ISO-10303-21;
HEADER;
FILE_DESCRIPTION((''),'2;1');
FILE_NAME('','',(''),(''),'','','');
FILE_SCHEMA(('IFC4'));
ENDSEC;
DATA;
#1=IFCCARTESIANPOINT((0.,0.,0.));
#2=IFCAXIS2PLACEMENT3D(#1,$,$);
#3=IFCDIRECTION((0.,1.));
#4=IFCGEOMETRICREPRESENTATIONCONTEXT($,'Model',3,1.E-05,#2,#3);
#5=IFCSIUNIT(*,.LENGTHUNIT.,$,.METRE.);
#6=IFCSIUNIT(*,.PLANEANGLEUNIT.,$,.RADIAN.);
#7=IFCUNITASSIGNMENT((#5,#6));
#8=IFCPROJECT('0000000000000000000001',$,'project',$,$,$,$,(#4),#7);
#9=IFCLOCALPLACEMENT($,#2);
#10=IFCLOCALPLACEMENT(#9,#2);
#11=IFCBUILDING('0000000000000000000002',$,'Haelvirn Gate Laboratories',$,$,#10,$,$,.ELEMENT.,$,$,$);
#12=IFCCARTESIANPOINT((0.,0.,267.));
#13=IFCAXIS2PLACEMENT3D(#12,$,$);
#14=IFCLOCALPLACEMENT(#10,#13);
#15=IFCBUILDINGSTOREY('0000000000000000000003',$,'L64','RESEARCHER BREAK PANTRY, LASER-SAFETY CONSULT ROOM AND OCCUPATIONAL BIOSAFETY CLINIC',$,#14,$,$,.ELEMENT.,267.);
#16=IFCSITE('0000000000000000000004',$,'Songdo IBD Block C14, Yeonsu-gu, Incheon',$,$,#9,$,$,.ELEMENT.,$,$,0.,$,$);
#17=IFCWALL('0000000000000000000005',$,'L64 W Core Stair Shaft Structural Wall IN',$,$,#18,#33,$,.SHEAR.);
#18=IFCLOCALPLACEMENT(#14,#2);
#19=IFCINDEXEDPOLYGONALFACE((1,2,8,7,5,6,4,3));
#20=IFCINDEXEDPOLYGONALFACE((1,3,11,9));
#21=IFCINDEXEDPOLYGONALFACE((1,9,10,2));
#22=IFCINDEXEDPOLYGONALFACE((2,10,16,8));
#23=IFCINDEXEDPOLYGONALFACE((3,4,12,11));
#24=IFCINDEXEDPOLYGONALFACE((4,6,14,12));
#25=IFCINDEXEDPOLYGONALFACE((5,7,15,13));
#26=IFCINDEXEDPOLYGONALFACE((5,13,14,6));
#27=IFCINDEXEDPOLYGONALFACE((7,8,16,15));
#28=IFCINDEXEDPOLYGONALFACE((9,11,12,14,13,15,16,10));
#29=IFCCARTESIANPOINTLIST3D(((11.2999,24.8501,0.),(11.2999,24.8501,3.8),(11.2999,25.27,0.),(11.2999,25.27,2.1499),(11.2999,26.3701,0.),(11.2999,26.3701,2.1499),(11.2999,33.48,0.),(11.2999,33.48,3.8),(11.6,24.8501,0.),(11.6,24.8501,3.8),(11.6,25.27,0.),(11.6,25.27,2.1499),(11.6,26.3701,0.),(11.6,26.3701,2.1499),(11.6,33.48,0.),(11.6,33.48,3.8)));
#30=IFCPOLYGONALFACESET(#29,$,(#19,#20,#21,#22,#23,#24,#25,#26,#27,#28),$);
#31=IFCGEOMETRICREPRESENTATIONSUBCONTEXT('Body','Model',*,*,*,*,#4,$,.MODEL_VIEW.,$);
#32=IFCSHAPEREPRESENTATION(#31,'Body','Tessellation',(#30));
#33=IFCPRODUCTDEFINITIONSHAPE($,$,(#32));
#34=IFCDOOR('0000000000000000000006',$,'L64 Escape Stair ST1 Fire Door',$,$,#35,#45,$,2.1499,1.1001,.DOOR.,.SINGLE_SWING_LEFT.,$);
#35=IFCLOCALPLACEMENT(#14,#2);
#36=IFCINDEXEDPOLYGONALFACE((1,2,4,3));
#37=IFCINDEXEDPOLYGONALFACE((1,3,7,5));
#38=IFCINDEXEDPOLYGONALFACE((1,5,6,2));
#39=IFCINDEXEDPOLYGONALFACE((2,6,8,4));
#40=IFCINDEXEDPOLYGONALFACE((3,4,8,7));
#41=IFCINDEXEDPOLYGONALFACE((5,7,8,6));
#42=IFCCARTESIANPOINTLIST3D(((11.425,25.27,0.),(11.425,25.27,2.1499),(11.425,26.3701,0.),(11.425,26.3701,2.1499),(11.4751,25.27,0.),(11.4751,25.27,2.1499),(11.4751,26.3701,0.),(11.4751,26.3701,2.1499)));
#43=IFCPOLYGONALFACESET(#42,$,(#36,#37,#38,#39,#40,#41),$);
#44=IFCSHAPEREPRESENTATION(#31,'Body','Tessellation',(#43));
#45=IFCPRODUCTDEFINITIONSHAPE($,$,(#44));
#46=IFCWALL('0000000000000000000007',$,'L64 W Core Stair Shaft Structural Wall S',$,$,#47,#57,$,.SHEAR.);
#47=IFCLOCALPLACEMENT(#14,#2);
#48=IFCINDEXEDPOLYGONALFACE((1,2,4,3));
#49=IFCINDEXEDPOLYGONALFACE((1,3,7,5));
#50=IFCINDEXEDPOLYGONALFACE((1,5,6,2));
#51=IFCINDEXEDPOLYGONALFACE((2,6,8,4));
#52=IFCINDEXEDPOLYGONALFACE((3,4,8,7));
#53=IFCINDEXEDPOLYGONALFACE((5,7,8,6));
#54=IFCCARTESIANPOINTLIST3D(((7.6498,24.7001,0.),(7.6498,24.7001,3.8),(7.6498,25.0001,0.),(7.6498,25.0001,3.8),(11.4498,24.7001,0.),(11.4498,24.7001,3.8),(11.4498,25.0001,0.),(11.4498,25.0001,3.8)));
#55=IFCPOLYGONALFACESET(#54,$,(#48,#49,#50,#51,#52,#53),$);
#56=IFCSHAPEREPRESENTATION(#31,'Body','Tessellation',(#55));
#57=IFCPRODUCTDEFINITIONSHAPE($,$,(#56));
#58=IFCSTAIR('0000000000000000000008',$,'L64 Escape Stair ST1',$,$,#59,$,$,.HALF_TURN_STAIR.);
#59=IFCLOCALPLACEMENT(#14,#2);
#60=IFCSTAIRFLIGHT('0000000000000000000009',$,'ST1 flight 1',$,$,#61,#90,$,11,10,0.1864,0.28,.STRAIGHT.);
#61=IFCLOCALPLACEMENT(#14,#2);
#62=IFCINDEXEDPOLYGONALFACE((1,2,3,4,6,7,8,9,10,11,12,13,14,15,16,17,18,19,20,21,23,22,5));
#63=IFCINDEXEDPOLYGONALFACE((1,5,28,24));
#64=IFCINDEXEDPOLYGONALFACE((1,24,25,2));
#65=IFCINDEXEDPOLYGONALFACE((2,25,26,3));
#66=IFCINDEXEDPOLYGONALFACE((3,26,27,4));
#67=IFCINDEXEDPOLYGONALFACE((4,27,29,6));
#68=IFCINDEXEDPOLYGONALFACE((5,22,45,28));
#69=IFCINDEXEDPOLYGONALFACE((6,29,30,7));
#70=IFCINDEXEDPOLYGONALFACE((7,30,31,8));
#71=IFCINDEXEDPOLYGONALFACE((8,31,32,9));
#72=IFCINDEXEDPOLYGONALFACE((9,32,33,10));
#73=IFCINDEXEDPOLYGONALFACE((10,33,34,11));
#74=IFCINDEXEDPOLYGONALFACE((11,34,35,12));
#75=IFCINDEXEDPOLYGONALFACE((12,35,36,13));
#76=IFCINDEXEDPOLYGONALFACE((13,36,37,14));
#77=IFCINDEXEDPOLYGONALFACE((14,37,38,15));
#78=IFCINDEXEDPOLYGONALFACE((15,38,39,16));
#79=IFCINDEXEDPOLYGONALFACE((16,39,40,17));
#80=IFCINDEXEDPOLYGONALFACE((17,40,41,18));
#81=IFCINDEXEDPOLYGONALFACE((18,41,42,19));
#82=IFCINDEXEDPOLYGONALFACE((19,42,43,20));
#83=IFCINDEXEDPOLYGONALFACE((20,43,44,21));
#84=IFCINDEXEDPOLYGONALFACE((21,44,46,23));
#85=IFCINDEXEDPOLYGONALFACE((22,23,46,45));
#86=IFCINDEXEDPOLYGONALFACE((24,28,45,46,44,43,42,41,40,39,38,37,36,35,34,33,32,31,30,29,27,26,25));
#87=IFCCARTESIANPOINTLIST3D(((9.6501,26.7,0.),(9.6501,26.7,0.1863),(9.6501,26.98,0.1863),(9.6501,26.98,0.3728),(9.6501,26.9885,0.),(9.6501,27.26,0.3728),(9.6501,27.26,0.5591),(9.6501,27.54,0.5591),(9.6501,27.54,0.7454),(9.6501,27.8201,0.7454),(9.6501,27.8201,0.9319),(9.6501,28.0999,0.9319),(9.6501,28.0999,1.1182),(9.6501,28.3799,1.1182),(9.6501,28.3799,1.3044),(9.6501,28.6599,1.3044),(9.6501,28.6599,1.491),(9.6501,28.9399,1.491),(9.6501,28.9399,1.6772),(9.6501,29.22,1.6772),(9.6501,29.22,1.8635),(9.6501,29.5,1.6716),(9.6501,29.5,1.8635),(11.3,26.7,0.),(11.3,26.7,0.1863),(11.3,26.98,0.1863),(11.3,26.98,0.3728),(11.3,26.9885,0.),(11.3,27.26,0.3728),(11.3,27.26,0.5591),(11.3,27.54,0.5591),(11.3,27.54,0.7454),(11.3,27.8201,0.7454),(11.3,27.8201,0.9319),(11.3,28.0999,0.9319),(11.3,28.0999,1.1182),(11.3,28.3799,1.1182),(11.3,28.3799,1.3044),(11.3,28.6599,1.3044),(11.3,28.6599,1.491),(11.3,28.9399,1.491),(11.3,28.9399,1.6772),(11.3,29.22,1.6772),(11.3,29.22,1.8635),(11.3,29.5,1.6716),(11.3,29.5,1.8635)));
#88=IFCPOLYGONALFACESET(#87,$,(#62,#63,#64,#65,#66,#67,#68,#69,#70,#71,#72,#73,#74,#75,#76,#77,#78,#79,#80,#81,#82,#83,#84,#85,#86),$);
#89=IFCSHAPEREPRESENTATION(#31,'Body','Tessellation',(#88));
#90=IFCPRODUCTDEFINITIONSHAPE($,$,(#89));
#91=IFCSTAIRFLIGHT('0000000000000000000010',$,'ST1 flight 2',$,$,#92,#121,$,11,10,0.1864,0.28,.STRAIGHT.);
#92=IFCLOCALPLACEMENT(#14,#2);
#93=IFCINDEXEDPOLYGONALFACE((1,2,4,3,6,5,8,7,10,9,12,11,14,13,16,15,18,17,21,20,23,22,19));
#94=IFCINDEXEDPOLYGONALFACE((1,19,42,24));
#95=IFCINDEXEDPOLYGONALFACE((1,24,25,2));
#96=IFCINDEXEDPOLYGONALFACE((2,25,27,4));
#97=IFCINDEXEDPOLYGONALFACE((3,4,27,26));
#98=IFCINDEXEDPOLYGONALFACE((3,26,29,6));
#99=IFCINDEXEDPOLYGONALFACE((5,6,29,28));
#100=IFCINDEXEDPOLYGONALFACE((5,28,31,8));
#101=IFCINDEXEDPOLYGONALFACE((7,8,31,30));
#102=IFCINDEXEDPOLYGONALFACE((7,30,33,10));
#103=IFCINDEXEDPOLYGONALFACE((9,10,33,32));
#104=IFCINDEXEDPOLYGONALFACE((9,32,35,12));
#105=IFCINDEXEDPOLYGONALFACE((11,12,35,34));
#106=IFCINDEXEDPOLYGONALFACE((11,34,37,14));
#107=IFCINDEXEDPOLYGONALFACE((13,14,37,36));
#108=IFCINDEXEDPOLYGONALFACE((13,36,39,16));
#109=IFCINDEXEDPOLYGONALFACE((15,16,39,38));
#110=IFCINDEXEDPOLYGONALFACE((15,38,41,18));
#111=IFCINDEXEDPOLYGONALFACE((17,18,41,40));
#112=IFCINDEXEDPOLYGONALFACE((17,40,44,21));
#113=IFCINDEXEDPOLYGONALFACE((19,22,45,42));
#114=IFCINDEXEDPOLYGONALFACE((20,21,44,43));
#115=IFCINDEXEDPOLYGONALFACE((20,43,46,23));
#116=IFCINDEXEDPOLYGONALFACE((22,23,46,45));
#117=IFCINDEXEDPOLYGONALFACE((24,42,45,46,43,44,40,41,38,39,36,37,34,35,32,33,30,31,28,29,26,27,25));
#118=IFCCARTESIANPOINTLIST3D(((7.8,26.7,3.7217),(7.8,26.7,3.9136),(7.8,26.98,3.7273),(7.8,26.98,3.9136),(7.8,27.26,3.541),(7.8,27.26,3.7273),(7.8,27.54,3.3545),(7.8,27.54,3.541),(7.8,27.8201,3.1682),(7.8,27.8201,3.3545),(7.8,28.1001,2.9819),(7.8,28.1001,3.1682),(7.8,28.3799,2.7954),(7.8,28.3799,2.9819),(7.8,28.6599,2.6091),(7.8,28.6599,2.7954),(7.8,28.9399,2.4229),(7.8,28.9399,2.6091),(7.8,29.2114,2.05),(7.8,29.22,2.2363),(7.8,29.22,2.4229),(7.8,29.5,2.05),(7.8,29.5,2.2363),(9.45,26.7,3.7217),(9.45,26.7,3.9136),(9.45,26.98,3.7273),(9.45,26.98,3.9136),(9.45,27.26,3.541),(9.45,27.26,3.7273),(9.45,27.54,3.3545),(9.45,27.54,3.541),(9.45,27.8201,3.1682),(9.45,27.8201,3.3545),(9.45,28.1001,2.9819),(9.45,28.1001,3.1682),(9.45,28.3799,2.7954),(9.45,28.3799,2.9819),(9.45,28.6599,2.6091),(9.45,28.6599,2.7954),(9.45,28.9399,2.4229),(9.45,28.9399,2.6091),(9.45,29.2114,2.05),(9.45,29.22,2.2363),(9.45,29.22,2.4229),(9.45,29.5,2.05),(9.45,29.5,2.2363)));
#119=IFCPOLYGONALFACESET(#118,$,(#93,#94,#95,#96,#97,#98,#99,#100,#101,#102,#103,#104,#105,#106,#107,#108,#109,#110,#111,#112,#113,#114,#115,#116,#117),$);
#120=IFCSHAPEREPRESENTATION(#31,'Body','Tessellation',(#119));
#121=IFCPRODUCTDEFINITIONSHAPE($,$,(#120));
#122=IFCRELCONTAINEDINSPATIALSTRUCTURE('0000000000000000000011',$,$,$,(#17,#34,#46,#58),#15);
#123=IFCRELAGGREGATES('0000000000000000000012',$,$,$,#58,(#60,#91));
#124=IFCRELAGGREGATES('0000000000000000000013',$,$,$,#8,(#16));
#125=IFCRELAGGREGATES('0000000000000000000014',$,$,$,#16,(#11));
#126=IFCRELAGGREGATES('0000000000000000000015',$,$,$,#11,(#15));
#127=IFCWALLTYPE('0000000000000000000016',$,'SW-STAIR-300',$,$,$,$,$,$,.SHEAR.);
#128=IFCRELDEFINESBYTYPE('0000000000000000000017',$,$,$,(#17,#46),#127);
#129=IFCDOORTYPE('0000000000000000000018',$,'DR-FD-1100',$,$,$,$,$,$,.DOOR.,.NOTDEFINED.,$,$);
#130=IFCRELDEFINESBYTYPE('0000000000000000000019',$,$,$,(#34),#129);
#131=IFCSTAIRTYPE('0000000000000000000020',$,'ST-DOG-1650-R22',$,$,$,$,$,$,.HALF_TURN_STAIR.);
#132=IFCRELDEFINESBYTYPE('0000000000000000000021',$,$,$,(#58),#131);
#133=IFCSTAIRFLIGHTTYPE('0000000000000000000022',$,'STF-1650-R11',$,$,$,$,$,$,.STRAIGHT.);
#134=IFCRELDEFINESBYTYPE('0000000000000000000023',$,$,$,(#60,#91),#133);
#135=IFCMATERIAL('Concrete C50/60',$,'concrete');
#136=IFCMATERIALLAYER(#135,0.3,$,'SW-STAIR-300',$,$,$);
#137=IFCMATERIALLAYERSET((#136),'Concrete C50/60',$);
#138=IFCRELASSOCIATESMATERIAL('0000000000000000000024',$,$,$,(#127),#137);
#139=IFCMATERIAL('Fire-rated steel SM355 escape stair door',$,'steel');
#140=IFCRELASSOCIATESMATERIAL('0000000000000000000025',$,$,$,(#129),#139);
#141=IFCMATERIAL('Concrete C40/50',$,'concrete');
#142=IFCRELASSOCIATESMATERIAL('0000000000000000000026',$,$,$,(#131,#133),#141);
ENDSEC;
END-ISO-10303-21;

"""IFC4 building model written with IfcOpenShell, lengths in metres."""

from ifc_helpers import new_model, si_unit, direction, frame, frame_2d, origin, place, context, subcontext, project, spatial, polyline, rectangle, outline, extrude, source, transform, mapped, material, layer, layer_set, type_object, type_shapes, element, fill, aggregate, save


model = new_model("IFC4")

# Units and contexts
model_context = context("Model", 3, precision=1e-05, world=origin(), true_north=direction((0.0, 1.0)))
body_context = subcontext(model_context, "Body", "Model", "MODEL_VIEW")
ifc_project = project(units=[si_unit("LENGTHUNIT", "METRE"), si_unit("PLANEANGLEUNIT", "RADIAN")], contexts=[model_context])

# Site, building, storey
site_placement = place(None, origin())
site = spatial("IfcSite", under=ifc_project, at=site_placement, Name="Songdo IBD Block C14, Yeonsu-gu, Incheon", CompositionType="ELEMENT", RefElevation=0.0)
building_placement = place(site_placement, origin())
building = spatial("IfcBuilding", under=site, at=building_placement, Name="Haelvirn Gate Laboratories", CompositionType="ELEMENT")
storey_placement = place(building_placement, frame((0.0, 0.0, 267.0)))
storey = spatial("IfcBuildingStorey", under=building, at=storey_placement, Name="L64", Description="RESEARCHER BREAK PANTRY, LASER-SAFETY CONSULT ROOM AND OCCUPATIONAL BIOSAFETY CLINIC", CompositionType="ELEMENT", Elevation=267.0)

# Shared definitions
ifc_material_1 = material(Name="Concrete C50/60", Category="concrete")

# Shared definitions
ifc_material_2 = material(Name="Concrete C40/50", Category="concrete")

# Wall, opening, door
ifc_layer_1 = layer(ifc_material_1, 0.3, Name="SW-STAIR-300")
ifc_layer_set_1 = layer_set([ifc_layer_1], Name="Concrete C50/60")
wall_type_1 = type_object("IfcWallType", Name="SW-STAIR-300", PredefinedType="SHEAR", material=ifc_layer_set_1)
wall_1_placement = place(storey_placement, frame((11.45, 24.8501, 0.0), z_axis=(0.0, 0.0, 1.0), x_axis=(0.0, 1.0, 0.0)))
wall_1 = element("IfcWall", 1, at=wall_1_placement, inside=storey, type_object=wall_type_1, Name="L64 W Core Stair Shaft Structural Wall IN", PredefinedType="SHEAR", context=body_context, shape_type="SweptSolid", body=[
    extrude(rectangle(XDim=8.6299, YDim=0.3, at=frame_2d((4.3149, 0.0))), origin(), (0.0, 0.0, 1.0), 3.8),
])
opening_1_placement = place(wall_1_placement, frame((0.4199, 0.0, 0.0)))
opening_1 = element("IfcOpeningElement", 2, at=opening_1_placement, cuts=wall_1, PredefinedType="OPENING", context=body_context, shape_type="SweptSolid", body=[
    extrude(rectangle(XDim=1.1001, YDim=2.1499, at=frame_2d((0.55, 1.075))), frame((0.0, 0.1602, 0.0), z_axis=(0.0, -1.0, 0.0), x_axis=(1.0, 0.0, 0.0)), (0.0, 0.0, 1.0), 0.3201),
])
ifc_material_3 = material(Name="Fire-rated steel SM355 escape stair door", Category="steel")
door_type_1 = type_object("IfcDoorType", Name="DR-FD-1100", OperationType="NOTDEFINED", PredefinedType="DOOR", material=ifc_material_3)
shared_shape_1 = source(origin(), body_context, "Body", "SweptSolid", [
    extrude(rectangle(XDim=1.1001, YDim=2.1499, at=frame_2d((0.55, 1.075))), frame((0.0, 0.0249, 0.0), z_axis=(0.0, -1.0, 0.0), x_axis=(1.0, 0.0, 0.0)), (0.0, 0.0, 1.0), 0.05),
])
type_shapes(door_type_1, [shared_shape_1])
door_1_placement = place(opening_1_placement, origin())
door_1 = element("IfcDoor", 3, at=door_1_placement, inside=storey, type_object=door_type_1, Name="L64 Escape Stair ST1 Fire Door", OperationType="SINGLE_SWING_LEFT", OverallHeight=2.1499, OverallWidth=1.1001, PredefinedType="DOOR", context=body_context, shape_type="MappedRepresentation", body=[
    mapped(shared_shape_1, transform((0.0, 0.0, 0.0), scale=1.0)),
])
fill(opening_1, door_1)

# Wall
wall_2_placement = place(storey_placement, frame((7.6499, 24.8501, 0.0), z_axis=(0.0, 0.0, 1.0), x_axis=(1.0, 0.0, 0.0)))
element("IfcWall", 4, at=wall_2_placement, inside=storey, type_object=wall_type_1, Name="L64 W Core Stair Shaft Structural Wall S", PredefinedType="SHEAR", context=body_context, shape_type="SweptSolid", body=[
    extrude(rectangle(XDim=3.8, YDim=0.3, at=frame_2d((1.8999, 0.0))), origin(), (0.0, 0.0, 1.0), 3.8),
])

# Stair, stair flights
stair_type = type_object("IfcStairType", Name="ST-DOG-1650-R22", PredefinedType="HALF_TURN_STAIR", material=ifc_material_2)
stair_placement = place(storey_placement, origin())
stair = element("IfcStair", 5, at=stair_placement, inside=storey, type_object=stair_type, Name="L64 Escape Stair ST1", PredefinedType="HALF_TURN_STAIR")
stair_flight_type = type_object("IfcStairFlightType", Name="STF-1650-R11", PredefinedType="STRAIGHT", material=ifc_material_2)
shared_shape_2 = source(origin(), body_context, "Body", "SweptSolid", [
    extrude(outline(polyline([(0.0, 0.0), (0.0, 0.1863), (0.28, 0.1863), (0.28, 0.3728), (0.5601, 0.3728), (0.5601, 0.5591), (0.8401, 0.5591), (0.8401, 0.7454), (1.1201, 0.7454), (1.1201, 0.9319), (1.3999, 0.9319), (1.3999, 1.1182), (1.6799, 1.1182), (1.6799, 1.3044), (1.96, 1.3044), (1.96, 1.491), (2.24, 1.491), (2.24, 1.6772), (2.52, 1.6772), (2.52, 1.8635), (2.8, 1.8635), (2.8, 2.05), (2.8, 1.6716), (0.2886, 0.0), (0.0, 0.0)])), frame((0.0, 0.825, 0.0), z_axis=(0.0, -1.0, 0.0), x_axis=(1.0, 0.0, 0.0)), (0.0, 0.0, 1.0), 1.6499),
])
type_shapes(stair_flight_type, [shared_shape_2])
stair_flight_1_placement = place(storey_placement, frame((10.4751, 26.7, 0.0), z_axis=(0.0, 0.0, 1.0), x_axis=(0.0, 1.0, 0.0)))
stair_flight_1 = element("IfcStairFlight", 6, at=stair_flight_1_placement, type_object=stair_flight_type, Name="ST1 flight 1", NumberOfRisers=11, NumberOfTreads=10, PredefinedType="STRAIGHT", RiserHeight=0.1864, TreadLength=0.28, context=body_context, shape_type="MappedRepresentation", body=[
    mapped(shared_shape_2, transform((0.0, 0.0, 0.0), scale=1.0)),
])
stair_flight_2_placement = place(storey_placement, frame((8.625, 29.5, 2.05), z_axis=(0.0, 0.0, 1.0), x_axis=(0.0, -1.0, 0.0)))
stair_flight_2 = element("IfcStairFlight", 7, at=stair_flight_2_placement, type_object=stair_flight_type, Name="ST1 flight 2", NumberOfRisers=11, NumberOfTreads=10, PredefinedType="STRAIGHT", RiserHeight=0.1864, TreadLength=0.28, context=body_context, shape_type="MappedRepresentation", body=[
    mapped(shared_shape_2, transform((0.0, 0.0, 0.0), scale=1.0)),
])
aggregate(stair, [stair_flight_1, stair_flight_2])

save(model, "model.ifc")
